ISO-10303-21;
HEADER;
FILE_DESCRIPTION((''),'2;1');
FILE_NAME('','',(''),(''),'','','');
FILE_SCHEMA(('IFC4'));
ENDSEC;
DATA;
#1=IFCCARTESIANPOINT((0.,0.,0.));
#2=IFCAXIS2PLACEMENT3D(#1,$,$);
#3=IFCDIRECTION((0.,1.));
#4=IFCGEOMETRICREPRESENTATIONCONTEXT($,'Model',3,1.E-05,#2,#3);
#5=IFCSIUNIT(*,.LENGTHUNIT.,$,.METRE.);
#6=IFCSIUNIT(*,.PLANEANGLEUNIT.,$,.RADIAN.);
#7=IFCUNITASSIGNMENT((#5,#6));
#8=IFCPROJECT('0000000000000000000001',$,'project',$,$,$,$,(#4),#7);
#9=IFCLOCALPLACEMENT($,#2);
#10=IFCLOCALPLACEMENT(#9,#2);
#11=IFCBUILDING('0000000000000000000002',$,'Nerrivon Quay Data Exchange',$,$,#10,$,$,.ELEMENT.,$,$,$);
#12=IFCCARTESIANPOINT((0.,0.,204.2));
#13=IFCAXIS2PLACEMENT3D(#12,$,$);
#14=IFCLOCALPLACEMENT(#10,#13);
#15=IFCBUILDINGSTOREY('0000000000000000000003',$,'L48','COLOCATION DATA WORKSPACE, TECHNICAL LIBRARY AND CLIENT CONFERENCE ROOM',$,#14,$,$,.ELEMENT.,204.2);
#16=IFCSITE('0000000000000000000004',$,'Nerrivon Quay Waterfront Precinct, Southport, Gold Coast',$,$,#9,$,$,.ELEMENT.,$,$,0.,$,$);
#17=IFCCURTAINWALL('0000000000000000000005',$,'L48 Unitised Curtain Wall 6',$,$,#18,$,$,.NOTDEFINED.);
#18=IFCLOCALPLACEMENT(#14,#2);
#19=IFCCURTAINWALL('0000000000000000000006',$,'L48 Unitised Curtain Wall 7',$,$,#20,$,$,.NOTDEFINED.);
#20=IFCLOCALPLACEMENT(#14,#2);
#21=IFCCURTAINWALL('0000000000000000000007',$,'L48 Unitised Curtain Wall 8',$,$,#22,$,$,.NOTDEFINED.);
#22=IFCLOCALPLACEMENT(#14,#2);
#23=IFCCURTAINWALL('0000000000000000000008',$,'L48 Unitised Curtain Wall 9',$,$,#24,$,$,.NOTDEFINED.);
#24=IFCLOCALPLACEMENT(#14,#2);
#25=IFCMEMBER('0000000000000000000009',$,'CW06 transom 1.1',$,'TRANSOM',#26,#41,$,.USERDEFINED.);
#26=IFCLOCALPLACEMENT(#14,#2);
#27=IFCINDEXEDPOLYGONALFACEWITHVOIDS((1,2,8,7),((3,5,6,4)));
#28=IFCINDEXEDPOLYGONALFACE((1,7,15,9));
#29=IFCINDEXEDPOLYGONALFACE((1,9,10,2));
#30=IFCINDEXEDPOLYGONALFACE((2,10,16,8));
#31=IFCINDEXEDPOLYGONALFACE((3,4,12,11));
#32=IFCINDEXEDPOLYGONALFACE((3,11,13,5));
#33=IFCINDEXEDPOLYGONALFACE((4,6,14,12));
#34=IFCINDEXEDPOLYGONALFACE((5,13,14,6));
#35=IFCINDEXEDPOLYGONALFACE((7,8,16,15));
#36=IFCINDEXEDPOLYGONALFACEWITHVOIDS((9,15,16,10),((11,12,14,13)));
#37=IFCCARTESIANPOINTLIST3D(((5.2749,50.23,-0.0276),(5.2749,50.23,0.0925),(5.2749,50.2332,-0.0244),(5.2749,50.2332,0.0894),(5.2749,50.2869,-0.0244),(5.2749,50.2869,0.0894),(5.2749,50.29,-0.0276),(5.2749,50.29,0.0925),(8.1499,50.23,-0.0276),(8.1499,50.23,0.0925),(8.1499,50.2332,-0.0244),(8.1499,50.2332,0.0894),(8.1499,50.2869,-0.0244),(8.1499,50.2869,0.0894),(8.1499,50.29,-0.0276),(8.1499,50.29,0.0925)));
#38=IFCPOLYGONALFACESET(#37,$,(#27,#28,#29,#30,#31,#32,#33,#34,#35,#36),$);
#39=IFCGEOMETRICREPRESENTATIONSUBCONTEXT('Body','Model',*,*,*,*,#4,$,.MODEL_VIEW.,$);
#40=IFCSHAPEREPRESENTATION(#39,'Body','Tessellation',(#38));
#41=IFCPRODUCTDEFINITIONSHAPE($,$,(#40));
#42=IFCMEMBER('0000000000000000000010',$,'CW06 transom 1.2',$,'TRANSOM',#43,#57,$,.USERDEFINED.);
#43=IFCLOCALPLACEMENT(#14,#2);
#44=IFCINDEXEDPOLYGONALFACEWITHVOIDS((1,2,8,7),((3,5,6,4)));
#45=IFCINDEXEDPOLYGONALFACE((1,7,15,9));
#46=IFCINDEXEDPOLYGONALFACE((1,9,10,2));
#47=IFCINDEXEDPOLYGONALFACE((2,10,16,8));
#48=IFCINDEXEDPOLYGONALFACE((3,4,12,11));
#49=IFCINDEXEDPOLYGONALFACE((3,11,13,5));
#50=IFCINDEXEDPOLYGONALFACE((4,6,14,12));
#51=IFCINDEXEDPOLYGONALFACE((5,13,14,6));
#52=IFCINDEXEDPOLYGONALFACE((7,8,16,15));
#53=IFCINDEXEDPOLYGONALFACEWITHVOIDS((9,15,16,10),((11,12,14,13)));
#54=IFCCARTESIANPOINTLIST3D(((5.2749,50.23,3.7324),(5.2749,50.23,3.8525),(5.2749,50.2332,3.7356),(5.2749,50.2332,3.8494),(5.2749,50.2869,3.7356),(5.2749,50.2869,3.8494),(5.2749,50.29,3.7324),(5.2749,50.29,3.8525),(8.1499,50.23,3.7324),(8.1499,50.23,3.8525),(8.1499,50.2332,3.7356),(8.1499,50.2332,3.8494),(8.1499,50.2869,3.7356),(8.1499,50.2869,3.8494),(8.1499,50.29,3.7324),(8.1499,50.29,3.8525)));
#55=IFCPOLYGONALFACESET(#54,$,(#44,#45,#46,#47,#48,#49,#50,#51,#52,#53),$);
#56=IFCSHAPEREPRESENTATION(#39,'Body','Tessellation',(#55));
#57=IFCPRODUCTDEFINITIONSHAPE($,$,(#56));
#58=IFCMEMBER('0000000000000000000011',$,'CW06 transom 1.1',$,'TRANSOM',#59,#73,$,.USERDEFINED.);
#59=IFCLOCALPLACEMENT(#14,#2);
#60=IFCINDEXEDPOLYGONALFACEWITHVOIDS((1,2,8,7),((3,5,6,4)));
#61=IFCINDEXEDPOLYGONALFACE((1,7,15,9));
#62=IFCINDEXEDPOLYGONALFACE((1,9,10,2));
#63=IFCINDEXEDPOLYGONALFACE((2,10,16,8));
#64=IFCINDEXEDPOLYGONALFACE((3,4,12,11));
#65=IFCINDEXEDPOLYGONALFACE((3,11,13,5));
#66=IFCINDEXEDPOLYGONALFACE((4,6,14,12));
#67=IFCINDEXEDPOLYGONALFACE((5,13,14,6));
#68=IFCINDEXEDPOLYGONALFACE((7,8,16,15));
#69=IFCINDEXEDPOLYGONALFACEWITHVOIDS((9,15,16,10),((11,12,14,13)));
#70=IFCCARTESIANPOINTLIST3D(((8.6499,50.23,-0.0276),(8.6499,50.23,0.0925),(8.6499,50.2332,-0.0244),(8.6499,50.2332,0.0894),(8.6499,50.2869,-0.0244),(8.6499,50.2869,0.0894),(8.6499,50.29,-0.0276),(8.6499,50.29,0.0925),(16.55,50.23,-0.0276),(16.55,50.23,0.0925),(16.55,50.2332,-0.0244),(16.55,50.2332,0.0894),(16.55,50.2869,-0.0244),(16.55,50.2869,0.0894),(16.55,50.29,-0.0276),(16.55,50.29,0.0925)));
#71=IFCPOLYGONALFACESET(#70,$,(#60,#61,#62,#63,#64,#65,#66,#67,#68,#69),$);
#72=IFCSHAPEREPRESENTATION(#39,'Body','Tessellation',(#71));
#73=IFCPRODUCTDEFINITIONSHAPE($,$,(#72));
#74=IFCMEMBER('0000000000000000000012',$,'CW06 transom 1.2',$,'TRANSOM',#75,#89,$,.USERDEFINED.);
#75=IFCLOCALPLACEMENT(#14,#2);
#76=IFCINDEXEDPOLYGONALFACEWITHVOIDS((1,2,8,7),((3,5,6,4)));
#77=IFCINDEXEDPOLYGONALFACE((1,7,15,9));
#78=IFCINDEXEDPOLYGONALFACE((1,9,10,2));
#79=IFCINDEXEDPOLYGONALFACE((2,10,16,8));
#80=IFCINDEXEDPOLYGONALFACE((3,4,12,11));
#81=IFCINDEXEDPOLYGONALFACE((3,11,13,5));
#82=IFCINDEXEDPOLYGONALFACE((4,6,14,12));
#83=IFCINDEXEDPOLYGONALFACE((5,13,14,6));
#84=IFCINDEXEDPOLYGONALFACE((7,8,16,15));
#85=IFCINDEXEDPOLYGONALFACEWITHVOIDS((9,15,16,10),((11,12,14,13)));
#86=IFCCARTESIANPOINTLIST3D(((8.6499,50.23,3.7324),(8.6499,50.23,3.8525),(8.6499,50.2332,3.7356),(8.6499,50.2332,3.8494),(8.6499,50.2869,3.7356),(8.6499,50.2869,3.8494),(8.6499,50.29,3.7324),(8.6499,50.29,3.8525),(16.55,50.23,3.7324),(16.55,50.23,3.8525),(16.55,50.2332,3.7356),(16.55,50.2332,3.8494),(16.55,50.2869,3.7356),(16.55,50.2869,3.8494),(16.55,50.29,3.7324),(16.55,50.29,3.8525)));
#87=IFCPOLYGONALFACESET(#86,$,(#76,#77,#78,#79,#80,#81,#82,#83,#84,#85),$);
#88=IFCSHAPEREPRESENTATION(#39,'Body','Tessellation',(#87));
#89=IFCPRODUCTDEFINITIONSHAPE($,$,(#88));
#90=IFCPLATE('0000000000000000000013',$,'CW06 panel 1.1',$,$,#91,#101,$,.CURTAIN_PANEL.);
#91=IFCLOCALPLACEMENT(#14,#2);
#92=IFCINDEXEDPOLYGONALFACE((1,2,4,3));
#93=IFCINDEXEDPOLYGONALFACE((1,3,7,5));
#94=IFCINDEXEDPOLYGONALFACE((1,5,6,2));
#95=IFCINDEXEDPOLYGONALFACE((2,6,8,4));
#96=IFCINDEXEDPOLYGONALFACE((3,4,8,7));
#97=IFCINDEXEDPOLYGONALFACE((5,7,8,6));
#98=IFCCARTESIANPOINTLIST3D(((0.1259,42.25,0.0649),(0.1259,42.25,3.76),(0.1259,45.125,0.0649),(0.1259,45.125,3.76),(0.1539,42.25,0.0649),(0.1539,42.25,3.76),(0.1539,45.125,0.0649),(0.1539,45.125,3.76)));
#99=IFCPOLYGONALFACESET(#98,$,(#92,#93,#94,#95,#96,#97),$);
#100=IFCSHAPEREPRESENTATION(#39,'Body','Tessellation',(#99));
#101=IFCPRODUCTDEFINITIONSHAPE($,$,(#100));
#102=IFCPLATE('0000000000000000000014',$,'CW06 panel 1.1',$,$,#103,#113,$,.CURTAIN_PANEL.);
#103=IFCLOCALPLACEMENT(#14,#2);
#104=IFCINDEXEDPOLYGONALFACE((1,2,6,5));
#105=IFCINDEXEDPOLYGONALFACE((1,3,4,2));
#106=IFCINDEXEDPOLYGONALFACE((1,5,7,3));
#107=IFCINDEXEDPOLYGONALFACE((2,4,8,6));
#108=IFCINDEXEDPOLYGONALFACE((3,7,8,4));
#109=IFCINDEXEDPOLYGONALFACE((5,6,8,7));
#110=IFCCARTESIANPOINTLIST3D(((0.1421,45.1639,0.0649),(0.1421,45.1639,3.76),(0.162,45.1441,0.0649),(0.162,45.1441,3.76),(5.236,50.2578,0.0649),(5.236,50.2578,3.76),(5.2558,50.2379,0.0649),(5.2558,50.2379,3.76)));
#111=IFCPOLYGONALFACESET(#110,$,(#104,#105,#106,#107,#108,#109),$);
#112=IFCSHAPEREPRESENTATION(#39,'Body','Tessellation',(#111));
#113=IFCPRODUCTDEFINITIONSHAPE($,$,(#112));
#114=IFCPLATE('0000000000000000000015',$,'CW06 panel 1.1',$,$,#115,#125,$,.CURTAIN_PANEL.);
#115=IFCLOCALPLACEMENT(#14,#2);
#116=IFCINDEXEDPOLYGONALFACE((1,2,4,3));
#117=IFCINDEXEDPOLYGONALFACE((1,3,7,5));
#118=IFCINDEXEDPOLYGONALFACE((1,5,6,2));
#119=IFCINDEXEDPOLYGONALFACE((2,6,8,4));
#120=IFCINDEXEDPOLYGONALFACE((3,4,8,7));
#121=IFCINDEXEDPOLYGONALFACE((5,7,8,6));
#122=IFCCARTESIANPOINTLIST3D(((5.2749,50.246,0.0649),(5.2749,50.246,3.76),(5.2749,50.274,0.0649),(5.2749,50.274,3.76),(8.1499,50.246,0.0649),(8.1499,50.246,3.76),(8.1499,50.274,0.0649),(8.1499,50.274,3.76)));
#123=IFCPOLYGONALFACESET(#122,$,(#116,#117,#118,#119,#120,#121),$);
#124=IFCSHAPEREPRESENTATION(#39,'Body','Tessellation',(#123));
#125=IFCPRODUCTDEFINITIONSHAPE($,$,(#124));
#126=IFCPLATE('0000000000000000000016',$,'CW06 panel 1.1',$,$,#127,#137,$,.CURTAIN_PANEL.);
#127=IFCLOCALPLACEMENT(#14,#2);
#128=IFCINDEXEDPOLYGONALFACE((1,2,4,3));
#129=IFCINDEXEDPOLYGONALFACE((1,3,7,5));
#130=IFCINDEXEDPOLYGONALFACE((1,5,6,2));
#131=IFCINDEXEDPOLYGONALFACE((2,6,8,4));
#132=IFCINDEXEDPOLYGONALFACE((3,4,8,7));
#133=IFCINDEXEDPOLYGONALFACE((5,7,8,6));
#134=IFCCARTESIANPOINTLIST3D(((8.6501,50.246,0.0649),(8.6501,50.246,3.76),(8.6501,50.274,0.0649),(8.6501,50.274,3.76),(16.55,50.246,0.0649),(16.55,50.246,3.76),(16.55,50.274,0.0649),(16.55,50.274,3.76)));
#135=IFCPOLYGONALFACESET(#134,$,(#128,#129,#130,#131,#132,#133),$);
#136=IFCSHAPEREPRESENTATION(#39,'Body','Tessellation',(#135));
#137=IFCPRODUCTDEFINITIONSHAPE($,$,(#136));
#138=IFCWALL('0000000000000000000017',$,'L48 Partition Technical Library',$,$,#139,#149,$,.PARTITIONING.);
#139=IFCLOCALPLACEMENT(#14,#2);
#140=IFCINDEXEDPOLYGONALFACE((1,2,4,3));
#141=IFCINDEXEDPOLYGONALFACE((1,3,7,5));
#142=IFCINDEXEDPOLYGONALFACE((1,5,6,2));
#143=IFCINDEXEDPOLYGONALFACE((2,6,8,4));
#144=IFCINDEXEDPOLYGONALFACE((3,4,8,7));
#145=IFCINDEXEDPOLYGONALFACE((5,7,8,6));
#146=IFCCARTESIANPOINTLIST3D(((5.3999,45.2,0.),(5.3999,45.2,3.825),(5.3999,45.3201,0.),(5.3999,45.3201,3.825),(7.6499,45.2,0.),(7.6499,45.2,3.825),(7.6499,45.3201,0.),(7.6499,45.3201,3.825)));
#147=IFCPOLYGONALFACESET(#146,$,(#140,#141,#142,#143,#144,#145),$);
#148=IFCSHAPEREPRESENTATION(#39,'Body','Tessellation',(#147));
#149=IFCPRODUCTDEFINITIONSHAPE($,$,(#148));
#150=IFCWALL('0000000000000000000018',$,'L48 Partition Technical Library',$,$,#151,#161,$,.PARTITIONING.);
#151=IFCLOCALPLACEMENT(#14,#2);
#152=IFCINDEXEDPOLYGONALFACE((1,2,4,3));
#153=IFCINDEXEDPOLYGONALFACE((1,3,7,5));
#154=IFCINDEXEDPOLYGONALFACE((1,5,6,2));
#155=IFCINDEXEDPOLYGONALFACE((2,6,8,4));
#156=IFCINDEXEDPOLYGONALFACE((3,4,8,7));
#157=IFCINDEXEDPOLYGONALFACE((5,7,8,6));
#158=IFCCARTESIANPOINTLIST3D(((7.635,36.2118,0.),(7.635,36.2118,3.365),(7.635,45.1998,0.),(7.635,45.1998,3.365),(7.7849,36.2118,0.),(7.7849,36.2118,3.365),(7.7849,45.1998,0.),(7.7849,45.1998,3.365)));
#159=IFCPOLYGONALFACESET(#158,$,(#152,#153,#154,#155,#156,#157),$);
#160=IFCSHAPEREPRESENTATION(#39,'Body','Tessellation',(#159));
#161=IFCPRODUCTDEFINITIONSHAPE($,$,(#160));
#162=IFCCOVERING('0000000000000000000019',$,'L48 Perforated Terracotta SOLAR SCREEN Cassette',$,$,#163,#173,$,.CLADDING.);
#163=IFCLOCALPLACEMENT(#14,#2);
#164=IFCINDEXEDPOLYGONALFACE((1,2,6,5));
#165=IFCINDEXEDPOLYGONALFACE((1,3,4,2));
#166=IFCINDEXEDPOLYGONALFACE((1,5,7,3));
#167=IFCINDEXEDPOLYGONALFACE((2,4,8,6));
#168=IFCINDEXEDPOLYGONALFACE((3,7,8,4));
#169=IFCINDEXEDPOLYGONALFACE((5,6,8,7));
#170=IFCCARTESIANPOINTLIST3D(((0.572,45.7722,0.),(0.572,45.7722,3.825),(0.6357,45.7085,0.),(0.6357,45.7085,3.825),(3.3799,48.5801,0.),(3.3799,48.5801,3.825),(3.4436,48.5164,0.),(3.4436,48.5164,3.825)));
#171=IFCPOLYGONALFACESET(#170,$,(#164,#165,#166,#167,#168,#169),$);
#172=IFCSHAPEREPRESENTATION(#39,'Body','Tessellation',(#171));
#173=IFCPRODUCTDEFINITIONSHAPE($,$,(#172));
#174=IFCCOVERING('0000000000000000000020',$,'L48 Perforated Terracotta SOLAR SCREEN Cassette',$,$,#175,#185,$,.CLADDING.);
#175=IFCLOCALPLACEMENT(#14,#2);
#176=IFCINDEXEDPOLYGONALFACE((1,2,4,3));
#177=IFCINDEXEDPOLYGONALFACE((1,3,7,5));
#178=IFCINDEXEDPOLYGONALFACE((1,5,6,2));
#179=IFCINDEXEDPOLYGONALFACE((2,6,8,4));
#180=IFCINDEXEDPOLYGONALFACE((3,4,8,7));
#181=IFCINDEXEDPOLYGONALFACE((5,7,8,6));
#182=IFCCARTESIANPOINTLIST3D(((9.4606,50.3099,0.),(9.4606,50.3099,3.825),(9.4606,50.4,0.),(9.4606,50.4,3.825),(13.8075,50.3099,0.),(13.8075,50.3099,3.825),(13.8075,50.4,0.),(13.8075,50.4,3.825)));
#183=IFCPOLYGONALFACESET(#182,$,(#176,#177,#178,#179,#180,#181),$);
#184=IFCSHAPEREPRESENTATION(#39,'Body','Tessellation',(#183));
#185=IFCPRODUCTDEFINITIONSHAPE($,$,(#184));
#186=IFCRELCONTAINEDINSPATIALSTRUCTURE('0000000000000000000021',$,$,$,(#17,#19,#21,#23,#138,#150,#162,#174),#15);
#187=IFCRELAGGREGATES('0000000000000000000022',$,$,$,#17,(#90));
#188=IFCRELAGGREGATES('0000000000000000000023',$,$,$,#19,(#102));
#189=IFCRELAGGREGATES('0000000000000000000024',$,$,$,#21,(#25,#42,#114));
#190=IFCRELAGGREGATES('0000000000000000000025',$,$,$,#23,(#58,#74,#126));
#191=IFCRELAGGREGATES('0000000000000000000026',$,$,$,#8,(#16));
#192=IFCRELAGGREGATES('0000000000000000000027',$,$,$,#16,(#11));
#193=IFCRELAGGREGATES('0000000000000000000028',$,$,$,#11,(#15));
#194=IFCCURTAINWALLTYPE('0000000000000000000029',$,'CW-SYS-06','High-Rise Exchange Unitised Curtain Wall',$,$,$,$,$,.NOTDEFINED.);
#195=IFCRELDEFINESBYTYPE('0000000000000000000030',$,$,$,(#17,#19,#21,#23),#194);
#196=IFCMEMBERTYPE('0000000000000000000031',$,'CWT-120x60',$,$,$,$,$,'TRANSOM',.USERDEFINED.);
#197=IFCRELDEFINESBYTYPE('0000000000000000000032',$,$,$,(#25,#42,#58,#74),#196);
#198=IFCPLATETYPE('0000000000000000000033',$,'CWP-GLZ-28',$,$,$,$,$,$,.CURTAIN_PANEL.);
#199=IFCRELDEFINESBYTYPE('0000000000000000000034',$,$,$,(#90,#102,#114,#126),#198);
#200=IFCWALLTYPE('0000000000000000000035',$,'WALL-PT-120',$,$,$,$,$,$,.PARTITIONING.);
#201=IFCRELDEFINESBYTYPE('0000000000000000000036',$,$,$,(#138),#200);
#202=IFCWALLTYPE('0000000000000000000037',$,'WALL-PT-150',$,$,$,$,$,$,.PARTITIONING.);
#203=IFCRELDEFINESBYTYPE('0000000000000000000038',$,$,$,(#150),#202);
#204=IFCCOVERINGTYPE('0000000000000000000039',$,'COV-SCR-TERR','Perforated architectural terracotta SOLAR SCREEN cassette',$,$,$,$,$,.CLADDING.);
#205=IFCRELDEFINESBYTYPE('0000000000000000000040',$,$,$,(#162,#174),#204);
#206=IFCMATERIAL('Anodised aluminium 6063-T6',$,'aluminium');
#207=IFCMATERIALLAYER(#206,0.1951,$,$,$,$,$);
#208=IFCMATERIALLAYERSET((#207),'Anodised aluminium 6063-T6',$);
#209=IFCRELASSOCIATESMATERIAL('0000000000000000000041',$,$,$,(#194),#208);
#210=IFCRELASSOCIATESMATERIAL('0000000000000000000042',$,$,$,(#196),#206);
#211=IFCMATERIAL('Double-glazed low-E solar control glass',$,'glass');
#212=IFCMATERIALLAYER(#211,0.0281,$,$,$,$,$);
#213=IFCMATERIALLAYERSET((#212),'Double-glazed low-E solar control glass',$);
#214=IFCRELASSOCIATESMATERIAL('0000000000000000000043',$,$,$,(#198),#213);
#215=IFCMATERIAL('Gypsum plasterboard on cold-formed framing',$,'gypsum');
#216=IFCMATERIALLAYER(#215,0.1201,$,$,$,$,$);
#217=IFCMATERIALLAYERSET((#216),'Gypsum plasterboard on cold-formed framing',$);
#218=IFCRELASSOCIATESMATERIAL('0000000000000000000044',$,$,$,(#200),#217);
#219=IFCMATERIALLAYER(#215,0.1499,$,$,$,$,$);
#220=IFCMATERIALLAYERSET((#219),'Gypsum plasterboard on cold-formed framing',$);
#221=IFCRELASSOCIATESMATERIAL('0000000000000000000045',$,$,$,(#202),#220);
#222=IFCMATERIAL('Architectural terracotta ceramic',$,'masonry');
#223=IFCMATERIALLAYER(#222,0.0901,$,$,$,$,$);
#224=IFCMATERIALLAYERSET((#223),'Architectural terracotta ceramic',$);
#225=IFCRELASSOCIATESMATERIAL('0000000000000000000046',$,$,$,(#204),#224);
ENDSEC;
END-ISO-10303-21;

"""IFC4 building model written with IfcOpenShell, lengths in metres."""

from ifc_helpers import new_model, si_unit, direction, frame, frame_2d, origin, origin_2d, place, context, subcontext, project, spatial, rectangle, hollow_rectangle, extrude, material, layer, layer_set, material_profile, profile_set, type_object, element, aggregate, save


model = new_model("IFC4")

# Units and contexts
model_context = context("Model", 3, precision=1e-05, world=origin(), true_north=direction((0.0, 1.0)))
body_context = subcontext(model_context, "Body", "Model", "MODEL_VIEW")
ifc_project = project(units=[si_unit("LENGTHUNIT", "METRE"), si_unit("PLANEANGLEUNIT", "RADIAN")], contexts=[model_context])

# Site, building, storey
site_placement = place(None, origin())
site = spatial("IfcSite", under=ifc_project, at=site_placement, Name="Nerrivon Quay Waterfront Precinct, Southport, Gold Coast", CompositionType="ELEMENT", RefElevation=0.0)
building_placement = place(site_placement, origin())
building = spatial("IfcBuilding", under=site, at=building_placement, Name="Nerrivon Quay Data Exchange", CompositionType="ELEMENT")
storey_placement = place(building_placement, frame((0.0, 0.0, 204.2)))
storey = spatial("IfcBuildingStorey", under=building, at=storey_placement, Name="L48", Description="COLOCATION DATA WORKSPACE, TECHNICAL LIBRARY AND CLIENT CONFERENCE ROOM", CompositionType="ELEMENT", Elevation=204.2)

# Curtain walls
ifc_material_1 = material(Name="Anodised aluminium 6063-T6", Category="aluminium")
ifc_layer_1 = layer(ifc_material_1, 0.1951)
ifc_layer_set_1 = layer_set([ifc_layer_1], Name="Anodised aluminium 6063-T6")
curtain_wall_type = type_object("IfcCurtainWallType", Name="CW-SYS-06", Description="High-Rise Exchange Unitised Curtain Wall", PredefinedType="NOTDEFINED", material=ifc_layer_set_1)
curtain_wall_1_placement = place(storey_placement, origin())
curtain_wall_1 = element("IfcCurtainWall", 1, at=curtain_wall_1_placement, inside=storey, type_object=curtain_wall_type, Name="L48 Unitised Curtain Wall 6", PredefinedType="NOTDEFINED")
curtain_wall_2_placement = place(storey_placement, origin())
curtain_wall_2 = element("IfcCurtainWall", 2, at=curtain_wall_2_placement, inside=storey, type_object=curtain_wall_type, Name="L48 Unitised Curtain Wall 7", PredefinedType="NOTDEFINED")
curtain_wall_3_placement = place(storey_placement, origin())
curtain_wall_3 = element("IfcCurtainWall", 3, at=curtain_wall_3_placement, inside=storey, type_object=curtain_wall_type, Name="L48 Unitised Curtain Wall 8", PredefinedType="NOTDEFINED")

# Curtain wall
curtain_wall_4_placement = place(storey_placement, origin())
curtain_wall_4 = element("IfcCurtainWall", 4, at=curtain_wall_4_placement, inside=storey, type_object=curtain_wall_type, Name="L48 Unitised Curtain Wall 9", PredefinedType="NOTDEFINED")

# Members
ifc_material_profile_1 = material_profile(ifc_material_1, hollow_rectangle(XDim=0.0601, YDim=0.1201, WallThickness=0.0032, at=origin_2d()), Name="ALU-TRAN-120x60")
ifc_profile_set_1 = profile_set([ifc_material_profile_1], Name="Anodised aluminium 6063-T6")
member_type_1 = type_object("IfcMemberType", Name="CWT-120x60", ElementType="TRANSOM", PredefinedType="USERDEFINED", material=ifc_profile_set_1)
member_1_placement = place(storey_placement, frame((5.2749, 50.26, 0.0325), z_axis=(1.0, 0.0, 0.0), x_axis=(0.0, 1.0, 0.0)))
member_1 = element("IfcMember", 5, at=member_1_placement, type_object=member_type_1, Name="CW06 transom 1.1", ObjectType="TRANSOM", PredefinedType="USERDEFINED", context=body_context, shape_type="SweptSolid", body=[
    extrude(hollow_rectangle(XDim=0.0601, YDim=0.1201, WallThickness=0.0032, at=origin_2d()), origin(), (0.0, 0.0, 1.0), 2.875),
])
member_2_placement = place(storey_placement, frame((5.2749, 50.26, 3.7925), z_axis=(1.0, 0.0, 0.0), x_axis=(0.0, 1.0, 0.0)))
member_2 = element("IfcMember", 6, at=member_2_placement, type_object=member_type_1, Name="CW06 transom 1.2", ObjectType="TRANSOM", PredefinedType="USERDEFINED", context=body_context, shape_type="SweptSolid", body=[
    extrude(hollow_rectangle(XDim=0.0601, YDim=0.1201, WallThickness=0.0032, at=origin_2d()), origin(), (0.0, 0.0, 1.0), 2.875),
])
member_3_placement = place(storey_placement, frame((8.6499, 50.26, 0.0325), z_axis=(1.0, 0.0, 0.0), x_axis=(0.0, 1.0, 0.0)))
member_3 = element("IfcMember", 7, at=member_3_placement, type_object=member_type_1, Name="CW06 transom 1.1", ObjectType="TRANSOM", PredefinedType="USERDEFINED", context=body_context, shape_type="SweptSolid", body=[
    extrude(hollow_rectangle(XDim=0.0601, YDim=0.1201, WallThickness=0.0032, at=origin_2d()), origin(), (0.0, 0.0, 1.0), 7.9001),
])
member_4_placement = place(storey_placement, frame((8.6499, 50.26, 3.7925), z_axis=(1.0, 0.0, 0.0), x_axis=(0.0, 1.0, 0.0)))
member_4 = element("IfcMember", 8, at=member_4_placement, type_object=member_type_1, Name="CW06 transom 1.2", ObjectType="TRANSOM", PredefinedType="USERDEFINED", context=body_context, shape_type="SweptSolid", body=[
    extrude(hollow_rectangle(XDim=0.0601, YDim=0.1201, WallThickness=0.0032, at=origin_2d()), origin(), (0.0, 0.0, 1.0), 7.9001),
])

# Plates
ifc_material_2 = material(Name="Double-glazed low-E solar control glass", Category="glass")
ifc_layer_2 = layer(ifc_material_2, 0.0281)
ifc_layer_set_2 = layer_set([ifc_layer_2], Name="Double-glazed low-E solar control glass")
plate_type = type_object("IfcPlateType", Name="CWP-GLZ-28", PredefinedType="CURTAIN_PANEL", material=ifc_layer_set_2)
plate_1_placement = place(storey_placement, frame((0.1399, 43.6875, 0.0649), z_axis=(0.0, 0.0, 1.0), x_axis=(0.0, 1.0, 0.0)))
plate_1 = element("IfcPlate", 9, at=plate_1_placement, type_object=plate_type, Name="CW06 panel 1.1", PredefinedType="CURTAIN_PANEL", context=body_context, shape_type="SweptSolid", body=[
    extrude(rectangle(XDim=2.875, YDim=0.0281, at=origin_2d()), origin(), (0.0, 0.0, 1.0), 3.6951),
])
aggregate(curtain_wall_1, [plate_1])
plate_2_placement = place(storey_placement, frame((2.699, 47.7009, 0.0649), z_axis=(0.0, 0.0, 1.0), x_axis=(0.707107, 0.707107, 0.0)))
plate_2 = element("IfcPlate", 10, at=plate_2_placement, type_object=plate_type, Name="CW06 panel 1.1", PredefinedType="CURTAIN_PANEL", context=body_context, shape_type="SweptSolid", body=[
    extrude(rectangle(XDim=7.2039, YDim=0.0281, at=origin_2d()), origin(), (0.0, 0.0, 1.0), 3.6951),
])
aggregate(curtain_wall_2, [plate_2])
plate_3_placement = place(storey_placement, frame((6.7124, 50.26, 0.0649), z_axis=(0.0, 0.0, 1.0), x_axis=(1.0, 0.0, 0.0)))
plate_3 = element("IfcPlate", 11, at=plate_3_placement, type_object=plate_type, Name="CW06 panel 1.1", PredefinedType="CURTAIN_PANEL", context=body_context, shape_type="SweptSolid", body=[
    extrude(rectangle(XDim=2.875, YDim=0.0281, at=origin_2d()), origin(), (0.0, 0.0, 1.0), 3.6951),
])
aggregate(curtain_wall_3, [member_1, member_2, plate_3])
plate_4_placement = place(storey_placement, frame((12.6001, 50.26, 0.0649), z_axis=(0.0, 0.0, 1.0), x_axis=(1.0, 0.0, 0.0)))
plate_4 = element("IfcPlate", 12, at=plate_4_placement, type_object=plate_type, Name="CW06 panel 1.1", PredefinedType="CURTAIN_PANEL", context=body_context, shape_type="SweptSolid", body=[
    extrude(rectangle(XDim=7.8999, YDim=0.0281, at=origin_2d()), origin(), (0.0, 0.0, 1.0), 3.6951),
])
aggregate(curtain_wall_4, [member_3, member_4, plate_4])

# Walls
ifc_material_3 = material(Name="Gypsum plasterboard on cold-formed framing", Category="gypsum")
ifc_layer_3 = layer(ifc_material_3, 0.1201)
ifc_layer_set_3 = layer_set([ifc_layer_3], Name="Gypsum plasterboard on cold-formed framing")
wall_type_1 = type_object("IfcWallType", Name="WALL-PT-120", PredefinedType="PARTITIONING", material=ifc_layer_set_3)
wall_1_placement = place(storey_placement, frame((5.3999, 45.26, 0.0), z_axis=(0.0, 0.0, 1.0), x_axis=(1.0, 0.0, 0.0)))
element("IfcWall", 13, at=wall_1_placement, inside=storey, type_object=wall_type_1, Name="L48 Partition Technical Library", PredefinedType="PARTITIONING", context=body_context, shape_type="SweptSolid", body=[
    extrude(rectangle(XDim=2.25, YDim=0.1201, at=frame_2d((1.125, 0.0))), origin(), (0.0, 0.0, 1.0), 3.825),
])
ifc_layer_4 = layer(ifc_material_3, 0.1499)
ifc_layer_set_4 = layer_set([ifc_layer_4], Name="Gypsum plasterboard on cold-formed framing")
wall_type_2 = type_object("IfcWallType", Name="WALL-PT-150", PredefinedType="PARTITIONING", material=ifc_layer_set_4)
wall_2_placement = place(storey_placement, frame((7.71, 45.2, 0.0), z_axis=(0.0, 0.0, 1.0), x_axis=(0.0, -1.0, 0.0)))
element("IfcWall", 14, at=wall_2_placement, inside=storey, type_object=wall_type_2, Name="L48 Partition Technical Library", PredefinedType="PARTITIONING", context=body_context, shape_type="SweptSolid", body=[
    extrude(rectangle(XDim=8.988, YDim=0.1499, at=frame_2d((4.4941, 0.0))), origin(), (0.0, 0.0, 1.0), 3.365),
])

# Coverings
ifc_material_4 = material(Name="Architectural terracotta ceramic", Category="masonry")
ifc_layer_5 = layer(ifc_material_4, 0.0901)
ifc_layer_set_5 = layer_set([ifc_layer_5], Name="Architectural terracotta ceramic")
covering_type = type_object("IfcCoveringType", Name="COV-SCR-TERR", Description="Perforated architectural terracotta SOLAR SCREEN cassette", PredefinedType="CLADDING", material=ifc_layer_set_5)
covering_1_placement = place(storey_placement, frame((2.0078, 47.1443, 0.0), z_axis=(0.0, 0.0, 1.0), x_axis=(0.707107, 0.707107, 0.0)))
element("IfcCovering", 15, at=covering_1_placement, inside=storey, type_object=covering_type, Name="L48 Perforated Terracotta SOLAR SCREEN Cassette", PredefinedType="CLADDING", context=body_context, shape_type="SweptSolid", body=[
    extrude(rectangle(XDim=3.9709, YDim=0.0901, at=origin_2d()), origin(), (0.0, 0.0, 1.0), 3.825),
])
covering_2_placement = place(storey_placement, frame((11.634, 50.355, 0.0), z_axis=(0.0, 0.0, 1.0), x_axis=(1.0, 0.0, 0.0)))
element("IfcCovering", 16, at=covering_2_placement, inside=storey, type_object=covering_type, Name="L48 Perforated Terracotta SOLAR SCREEN Cassette", PredefinedType="CLADDING", context=body_context, shape_type="SweptSolid", body=[
    extrude(rectangle(XDim=4.3469, YDim=0.0901, at=origin_2d()), origin(), (0.0, 0.0, 1.0), 3.825),
])

save(model, "model.ifc")
